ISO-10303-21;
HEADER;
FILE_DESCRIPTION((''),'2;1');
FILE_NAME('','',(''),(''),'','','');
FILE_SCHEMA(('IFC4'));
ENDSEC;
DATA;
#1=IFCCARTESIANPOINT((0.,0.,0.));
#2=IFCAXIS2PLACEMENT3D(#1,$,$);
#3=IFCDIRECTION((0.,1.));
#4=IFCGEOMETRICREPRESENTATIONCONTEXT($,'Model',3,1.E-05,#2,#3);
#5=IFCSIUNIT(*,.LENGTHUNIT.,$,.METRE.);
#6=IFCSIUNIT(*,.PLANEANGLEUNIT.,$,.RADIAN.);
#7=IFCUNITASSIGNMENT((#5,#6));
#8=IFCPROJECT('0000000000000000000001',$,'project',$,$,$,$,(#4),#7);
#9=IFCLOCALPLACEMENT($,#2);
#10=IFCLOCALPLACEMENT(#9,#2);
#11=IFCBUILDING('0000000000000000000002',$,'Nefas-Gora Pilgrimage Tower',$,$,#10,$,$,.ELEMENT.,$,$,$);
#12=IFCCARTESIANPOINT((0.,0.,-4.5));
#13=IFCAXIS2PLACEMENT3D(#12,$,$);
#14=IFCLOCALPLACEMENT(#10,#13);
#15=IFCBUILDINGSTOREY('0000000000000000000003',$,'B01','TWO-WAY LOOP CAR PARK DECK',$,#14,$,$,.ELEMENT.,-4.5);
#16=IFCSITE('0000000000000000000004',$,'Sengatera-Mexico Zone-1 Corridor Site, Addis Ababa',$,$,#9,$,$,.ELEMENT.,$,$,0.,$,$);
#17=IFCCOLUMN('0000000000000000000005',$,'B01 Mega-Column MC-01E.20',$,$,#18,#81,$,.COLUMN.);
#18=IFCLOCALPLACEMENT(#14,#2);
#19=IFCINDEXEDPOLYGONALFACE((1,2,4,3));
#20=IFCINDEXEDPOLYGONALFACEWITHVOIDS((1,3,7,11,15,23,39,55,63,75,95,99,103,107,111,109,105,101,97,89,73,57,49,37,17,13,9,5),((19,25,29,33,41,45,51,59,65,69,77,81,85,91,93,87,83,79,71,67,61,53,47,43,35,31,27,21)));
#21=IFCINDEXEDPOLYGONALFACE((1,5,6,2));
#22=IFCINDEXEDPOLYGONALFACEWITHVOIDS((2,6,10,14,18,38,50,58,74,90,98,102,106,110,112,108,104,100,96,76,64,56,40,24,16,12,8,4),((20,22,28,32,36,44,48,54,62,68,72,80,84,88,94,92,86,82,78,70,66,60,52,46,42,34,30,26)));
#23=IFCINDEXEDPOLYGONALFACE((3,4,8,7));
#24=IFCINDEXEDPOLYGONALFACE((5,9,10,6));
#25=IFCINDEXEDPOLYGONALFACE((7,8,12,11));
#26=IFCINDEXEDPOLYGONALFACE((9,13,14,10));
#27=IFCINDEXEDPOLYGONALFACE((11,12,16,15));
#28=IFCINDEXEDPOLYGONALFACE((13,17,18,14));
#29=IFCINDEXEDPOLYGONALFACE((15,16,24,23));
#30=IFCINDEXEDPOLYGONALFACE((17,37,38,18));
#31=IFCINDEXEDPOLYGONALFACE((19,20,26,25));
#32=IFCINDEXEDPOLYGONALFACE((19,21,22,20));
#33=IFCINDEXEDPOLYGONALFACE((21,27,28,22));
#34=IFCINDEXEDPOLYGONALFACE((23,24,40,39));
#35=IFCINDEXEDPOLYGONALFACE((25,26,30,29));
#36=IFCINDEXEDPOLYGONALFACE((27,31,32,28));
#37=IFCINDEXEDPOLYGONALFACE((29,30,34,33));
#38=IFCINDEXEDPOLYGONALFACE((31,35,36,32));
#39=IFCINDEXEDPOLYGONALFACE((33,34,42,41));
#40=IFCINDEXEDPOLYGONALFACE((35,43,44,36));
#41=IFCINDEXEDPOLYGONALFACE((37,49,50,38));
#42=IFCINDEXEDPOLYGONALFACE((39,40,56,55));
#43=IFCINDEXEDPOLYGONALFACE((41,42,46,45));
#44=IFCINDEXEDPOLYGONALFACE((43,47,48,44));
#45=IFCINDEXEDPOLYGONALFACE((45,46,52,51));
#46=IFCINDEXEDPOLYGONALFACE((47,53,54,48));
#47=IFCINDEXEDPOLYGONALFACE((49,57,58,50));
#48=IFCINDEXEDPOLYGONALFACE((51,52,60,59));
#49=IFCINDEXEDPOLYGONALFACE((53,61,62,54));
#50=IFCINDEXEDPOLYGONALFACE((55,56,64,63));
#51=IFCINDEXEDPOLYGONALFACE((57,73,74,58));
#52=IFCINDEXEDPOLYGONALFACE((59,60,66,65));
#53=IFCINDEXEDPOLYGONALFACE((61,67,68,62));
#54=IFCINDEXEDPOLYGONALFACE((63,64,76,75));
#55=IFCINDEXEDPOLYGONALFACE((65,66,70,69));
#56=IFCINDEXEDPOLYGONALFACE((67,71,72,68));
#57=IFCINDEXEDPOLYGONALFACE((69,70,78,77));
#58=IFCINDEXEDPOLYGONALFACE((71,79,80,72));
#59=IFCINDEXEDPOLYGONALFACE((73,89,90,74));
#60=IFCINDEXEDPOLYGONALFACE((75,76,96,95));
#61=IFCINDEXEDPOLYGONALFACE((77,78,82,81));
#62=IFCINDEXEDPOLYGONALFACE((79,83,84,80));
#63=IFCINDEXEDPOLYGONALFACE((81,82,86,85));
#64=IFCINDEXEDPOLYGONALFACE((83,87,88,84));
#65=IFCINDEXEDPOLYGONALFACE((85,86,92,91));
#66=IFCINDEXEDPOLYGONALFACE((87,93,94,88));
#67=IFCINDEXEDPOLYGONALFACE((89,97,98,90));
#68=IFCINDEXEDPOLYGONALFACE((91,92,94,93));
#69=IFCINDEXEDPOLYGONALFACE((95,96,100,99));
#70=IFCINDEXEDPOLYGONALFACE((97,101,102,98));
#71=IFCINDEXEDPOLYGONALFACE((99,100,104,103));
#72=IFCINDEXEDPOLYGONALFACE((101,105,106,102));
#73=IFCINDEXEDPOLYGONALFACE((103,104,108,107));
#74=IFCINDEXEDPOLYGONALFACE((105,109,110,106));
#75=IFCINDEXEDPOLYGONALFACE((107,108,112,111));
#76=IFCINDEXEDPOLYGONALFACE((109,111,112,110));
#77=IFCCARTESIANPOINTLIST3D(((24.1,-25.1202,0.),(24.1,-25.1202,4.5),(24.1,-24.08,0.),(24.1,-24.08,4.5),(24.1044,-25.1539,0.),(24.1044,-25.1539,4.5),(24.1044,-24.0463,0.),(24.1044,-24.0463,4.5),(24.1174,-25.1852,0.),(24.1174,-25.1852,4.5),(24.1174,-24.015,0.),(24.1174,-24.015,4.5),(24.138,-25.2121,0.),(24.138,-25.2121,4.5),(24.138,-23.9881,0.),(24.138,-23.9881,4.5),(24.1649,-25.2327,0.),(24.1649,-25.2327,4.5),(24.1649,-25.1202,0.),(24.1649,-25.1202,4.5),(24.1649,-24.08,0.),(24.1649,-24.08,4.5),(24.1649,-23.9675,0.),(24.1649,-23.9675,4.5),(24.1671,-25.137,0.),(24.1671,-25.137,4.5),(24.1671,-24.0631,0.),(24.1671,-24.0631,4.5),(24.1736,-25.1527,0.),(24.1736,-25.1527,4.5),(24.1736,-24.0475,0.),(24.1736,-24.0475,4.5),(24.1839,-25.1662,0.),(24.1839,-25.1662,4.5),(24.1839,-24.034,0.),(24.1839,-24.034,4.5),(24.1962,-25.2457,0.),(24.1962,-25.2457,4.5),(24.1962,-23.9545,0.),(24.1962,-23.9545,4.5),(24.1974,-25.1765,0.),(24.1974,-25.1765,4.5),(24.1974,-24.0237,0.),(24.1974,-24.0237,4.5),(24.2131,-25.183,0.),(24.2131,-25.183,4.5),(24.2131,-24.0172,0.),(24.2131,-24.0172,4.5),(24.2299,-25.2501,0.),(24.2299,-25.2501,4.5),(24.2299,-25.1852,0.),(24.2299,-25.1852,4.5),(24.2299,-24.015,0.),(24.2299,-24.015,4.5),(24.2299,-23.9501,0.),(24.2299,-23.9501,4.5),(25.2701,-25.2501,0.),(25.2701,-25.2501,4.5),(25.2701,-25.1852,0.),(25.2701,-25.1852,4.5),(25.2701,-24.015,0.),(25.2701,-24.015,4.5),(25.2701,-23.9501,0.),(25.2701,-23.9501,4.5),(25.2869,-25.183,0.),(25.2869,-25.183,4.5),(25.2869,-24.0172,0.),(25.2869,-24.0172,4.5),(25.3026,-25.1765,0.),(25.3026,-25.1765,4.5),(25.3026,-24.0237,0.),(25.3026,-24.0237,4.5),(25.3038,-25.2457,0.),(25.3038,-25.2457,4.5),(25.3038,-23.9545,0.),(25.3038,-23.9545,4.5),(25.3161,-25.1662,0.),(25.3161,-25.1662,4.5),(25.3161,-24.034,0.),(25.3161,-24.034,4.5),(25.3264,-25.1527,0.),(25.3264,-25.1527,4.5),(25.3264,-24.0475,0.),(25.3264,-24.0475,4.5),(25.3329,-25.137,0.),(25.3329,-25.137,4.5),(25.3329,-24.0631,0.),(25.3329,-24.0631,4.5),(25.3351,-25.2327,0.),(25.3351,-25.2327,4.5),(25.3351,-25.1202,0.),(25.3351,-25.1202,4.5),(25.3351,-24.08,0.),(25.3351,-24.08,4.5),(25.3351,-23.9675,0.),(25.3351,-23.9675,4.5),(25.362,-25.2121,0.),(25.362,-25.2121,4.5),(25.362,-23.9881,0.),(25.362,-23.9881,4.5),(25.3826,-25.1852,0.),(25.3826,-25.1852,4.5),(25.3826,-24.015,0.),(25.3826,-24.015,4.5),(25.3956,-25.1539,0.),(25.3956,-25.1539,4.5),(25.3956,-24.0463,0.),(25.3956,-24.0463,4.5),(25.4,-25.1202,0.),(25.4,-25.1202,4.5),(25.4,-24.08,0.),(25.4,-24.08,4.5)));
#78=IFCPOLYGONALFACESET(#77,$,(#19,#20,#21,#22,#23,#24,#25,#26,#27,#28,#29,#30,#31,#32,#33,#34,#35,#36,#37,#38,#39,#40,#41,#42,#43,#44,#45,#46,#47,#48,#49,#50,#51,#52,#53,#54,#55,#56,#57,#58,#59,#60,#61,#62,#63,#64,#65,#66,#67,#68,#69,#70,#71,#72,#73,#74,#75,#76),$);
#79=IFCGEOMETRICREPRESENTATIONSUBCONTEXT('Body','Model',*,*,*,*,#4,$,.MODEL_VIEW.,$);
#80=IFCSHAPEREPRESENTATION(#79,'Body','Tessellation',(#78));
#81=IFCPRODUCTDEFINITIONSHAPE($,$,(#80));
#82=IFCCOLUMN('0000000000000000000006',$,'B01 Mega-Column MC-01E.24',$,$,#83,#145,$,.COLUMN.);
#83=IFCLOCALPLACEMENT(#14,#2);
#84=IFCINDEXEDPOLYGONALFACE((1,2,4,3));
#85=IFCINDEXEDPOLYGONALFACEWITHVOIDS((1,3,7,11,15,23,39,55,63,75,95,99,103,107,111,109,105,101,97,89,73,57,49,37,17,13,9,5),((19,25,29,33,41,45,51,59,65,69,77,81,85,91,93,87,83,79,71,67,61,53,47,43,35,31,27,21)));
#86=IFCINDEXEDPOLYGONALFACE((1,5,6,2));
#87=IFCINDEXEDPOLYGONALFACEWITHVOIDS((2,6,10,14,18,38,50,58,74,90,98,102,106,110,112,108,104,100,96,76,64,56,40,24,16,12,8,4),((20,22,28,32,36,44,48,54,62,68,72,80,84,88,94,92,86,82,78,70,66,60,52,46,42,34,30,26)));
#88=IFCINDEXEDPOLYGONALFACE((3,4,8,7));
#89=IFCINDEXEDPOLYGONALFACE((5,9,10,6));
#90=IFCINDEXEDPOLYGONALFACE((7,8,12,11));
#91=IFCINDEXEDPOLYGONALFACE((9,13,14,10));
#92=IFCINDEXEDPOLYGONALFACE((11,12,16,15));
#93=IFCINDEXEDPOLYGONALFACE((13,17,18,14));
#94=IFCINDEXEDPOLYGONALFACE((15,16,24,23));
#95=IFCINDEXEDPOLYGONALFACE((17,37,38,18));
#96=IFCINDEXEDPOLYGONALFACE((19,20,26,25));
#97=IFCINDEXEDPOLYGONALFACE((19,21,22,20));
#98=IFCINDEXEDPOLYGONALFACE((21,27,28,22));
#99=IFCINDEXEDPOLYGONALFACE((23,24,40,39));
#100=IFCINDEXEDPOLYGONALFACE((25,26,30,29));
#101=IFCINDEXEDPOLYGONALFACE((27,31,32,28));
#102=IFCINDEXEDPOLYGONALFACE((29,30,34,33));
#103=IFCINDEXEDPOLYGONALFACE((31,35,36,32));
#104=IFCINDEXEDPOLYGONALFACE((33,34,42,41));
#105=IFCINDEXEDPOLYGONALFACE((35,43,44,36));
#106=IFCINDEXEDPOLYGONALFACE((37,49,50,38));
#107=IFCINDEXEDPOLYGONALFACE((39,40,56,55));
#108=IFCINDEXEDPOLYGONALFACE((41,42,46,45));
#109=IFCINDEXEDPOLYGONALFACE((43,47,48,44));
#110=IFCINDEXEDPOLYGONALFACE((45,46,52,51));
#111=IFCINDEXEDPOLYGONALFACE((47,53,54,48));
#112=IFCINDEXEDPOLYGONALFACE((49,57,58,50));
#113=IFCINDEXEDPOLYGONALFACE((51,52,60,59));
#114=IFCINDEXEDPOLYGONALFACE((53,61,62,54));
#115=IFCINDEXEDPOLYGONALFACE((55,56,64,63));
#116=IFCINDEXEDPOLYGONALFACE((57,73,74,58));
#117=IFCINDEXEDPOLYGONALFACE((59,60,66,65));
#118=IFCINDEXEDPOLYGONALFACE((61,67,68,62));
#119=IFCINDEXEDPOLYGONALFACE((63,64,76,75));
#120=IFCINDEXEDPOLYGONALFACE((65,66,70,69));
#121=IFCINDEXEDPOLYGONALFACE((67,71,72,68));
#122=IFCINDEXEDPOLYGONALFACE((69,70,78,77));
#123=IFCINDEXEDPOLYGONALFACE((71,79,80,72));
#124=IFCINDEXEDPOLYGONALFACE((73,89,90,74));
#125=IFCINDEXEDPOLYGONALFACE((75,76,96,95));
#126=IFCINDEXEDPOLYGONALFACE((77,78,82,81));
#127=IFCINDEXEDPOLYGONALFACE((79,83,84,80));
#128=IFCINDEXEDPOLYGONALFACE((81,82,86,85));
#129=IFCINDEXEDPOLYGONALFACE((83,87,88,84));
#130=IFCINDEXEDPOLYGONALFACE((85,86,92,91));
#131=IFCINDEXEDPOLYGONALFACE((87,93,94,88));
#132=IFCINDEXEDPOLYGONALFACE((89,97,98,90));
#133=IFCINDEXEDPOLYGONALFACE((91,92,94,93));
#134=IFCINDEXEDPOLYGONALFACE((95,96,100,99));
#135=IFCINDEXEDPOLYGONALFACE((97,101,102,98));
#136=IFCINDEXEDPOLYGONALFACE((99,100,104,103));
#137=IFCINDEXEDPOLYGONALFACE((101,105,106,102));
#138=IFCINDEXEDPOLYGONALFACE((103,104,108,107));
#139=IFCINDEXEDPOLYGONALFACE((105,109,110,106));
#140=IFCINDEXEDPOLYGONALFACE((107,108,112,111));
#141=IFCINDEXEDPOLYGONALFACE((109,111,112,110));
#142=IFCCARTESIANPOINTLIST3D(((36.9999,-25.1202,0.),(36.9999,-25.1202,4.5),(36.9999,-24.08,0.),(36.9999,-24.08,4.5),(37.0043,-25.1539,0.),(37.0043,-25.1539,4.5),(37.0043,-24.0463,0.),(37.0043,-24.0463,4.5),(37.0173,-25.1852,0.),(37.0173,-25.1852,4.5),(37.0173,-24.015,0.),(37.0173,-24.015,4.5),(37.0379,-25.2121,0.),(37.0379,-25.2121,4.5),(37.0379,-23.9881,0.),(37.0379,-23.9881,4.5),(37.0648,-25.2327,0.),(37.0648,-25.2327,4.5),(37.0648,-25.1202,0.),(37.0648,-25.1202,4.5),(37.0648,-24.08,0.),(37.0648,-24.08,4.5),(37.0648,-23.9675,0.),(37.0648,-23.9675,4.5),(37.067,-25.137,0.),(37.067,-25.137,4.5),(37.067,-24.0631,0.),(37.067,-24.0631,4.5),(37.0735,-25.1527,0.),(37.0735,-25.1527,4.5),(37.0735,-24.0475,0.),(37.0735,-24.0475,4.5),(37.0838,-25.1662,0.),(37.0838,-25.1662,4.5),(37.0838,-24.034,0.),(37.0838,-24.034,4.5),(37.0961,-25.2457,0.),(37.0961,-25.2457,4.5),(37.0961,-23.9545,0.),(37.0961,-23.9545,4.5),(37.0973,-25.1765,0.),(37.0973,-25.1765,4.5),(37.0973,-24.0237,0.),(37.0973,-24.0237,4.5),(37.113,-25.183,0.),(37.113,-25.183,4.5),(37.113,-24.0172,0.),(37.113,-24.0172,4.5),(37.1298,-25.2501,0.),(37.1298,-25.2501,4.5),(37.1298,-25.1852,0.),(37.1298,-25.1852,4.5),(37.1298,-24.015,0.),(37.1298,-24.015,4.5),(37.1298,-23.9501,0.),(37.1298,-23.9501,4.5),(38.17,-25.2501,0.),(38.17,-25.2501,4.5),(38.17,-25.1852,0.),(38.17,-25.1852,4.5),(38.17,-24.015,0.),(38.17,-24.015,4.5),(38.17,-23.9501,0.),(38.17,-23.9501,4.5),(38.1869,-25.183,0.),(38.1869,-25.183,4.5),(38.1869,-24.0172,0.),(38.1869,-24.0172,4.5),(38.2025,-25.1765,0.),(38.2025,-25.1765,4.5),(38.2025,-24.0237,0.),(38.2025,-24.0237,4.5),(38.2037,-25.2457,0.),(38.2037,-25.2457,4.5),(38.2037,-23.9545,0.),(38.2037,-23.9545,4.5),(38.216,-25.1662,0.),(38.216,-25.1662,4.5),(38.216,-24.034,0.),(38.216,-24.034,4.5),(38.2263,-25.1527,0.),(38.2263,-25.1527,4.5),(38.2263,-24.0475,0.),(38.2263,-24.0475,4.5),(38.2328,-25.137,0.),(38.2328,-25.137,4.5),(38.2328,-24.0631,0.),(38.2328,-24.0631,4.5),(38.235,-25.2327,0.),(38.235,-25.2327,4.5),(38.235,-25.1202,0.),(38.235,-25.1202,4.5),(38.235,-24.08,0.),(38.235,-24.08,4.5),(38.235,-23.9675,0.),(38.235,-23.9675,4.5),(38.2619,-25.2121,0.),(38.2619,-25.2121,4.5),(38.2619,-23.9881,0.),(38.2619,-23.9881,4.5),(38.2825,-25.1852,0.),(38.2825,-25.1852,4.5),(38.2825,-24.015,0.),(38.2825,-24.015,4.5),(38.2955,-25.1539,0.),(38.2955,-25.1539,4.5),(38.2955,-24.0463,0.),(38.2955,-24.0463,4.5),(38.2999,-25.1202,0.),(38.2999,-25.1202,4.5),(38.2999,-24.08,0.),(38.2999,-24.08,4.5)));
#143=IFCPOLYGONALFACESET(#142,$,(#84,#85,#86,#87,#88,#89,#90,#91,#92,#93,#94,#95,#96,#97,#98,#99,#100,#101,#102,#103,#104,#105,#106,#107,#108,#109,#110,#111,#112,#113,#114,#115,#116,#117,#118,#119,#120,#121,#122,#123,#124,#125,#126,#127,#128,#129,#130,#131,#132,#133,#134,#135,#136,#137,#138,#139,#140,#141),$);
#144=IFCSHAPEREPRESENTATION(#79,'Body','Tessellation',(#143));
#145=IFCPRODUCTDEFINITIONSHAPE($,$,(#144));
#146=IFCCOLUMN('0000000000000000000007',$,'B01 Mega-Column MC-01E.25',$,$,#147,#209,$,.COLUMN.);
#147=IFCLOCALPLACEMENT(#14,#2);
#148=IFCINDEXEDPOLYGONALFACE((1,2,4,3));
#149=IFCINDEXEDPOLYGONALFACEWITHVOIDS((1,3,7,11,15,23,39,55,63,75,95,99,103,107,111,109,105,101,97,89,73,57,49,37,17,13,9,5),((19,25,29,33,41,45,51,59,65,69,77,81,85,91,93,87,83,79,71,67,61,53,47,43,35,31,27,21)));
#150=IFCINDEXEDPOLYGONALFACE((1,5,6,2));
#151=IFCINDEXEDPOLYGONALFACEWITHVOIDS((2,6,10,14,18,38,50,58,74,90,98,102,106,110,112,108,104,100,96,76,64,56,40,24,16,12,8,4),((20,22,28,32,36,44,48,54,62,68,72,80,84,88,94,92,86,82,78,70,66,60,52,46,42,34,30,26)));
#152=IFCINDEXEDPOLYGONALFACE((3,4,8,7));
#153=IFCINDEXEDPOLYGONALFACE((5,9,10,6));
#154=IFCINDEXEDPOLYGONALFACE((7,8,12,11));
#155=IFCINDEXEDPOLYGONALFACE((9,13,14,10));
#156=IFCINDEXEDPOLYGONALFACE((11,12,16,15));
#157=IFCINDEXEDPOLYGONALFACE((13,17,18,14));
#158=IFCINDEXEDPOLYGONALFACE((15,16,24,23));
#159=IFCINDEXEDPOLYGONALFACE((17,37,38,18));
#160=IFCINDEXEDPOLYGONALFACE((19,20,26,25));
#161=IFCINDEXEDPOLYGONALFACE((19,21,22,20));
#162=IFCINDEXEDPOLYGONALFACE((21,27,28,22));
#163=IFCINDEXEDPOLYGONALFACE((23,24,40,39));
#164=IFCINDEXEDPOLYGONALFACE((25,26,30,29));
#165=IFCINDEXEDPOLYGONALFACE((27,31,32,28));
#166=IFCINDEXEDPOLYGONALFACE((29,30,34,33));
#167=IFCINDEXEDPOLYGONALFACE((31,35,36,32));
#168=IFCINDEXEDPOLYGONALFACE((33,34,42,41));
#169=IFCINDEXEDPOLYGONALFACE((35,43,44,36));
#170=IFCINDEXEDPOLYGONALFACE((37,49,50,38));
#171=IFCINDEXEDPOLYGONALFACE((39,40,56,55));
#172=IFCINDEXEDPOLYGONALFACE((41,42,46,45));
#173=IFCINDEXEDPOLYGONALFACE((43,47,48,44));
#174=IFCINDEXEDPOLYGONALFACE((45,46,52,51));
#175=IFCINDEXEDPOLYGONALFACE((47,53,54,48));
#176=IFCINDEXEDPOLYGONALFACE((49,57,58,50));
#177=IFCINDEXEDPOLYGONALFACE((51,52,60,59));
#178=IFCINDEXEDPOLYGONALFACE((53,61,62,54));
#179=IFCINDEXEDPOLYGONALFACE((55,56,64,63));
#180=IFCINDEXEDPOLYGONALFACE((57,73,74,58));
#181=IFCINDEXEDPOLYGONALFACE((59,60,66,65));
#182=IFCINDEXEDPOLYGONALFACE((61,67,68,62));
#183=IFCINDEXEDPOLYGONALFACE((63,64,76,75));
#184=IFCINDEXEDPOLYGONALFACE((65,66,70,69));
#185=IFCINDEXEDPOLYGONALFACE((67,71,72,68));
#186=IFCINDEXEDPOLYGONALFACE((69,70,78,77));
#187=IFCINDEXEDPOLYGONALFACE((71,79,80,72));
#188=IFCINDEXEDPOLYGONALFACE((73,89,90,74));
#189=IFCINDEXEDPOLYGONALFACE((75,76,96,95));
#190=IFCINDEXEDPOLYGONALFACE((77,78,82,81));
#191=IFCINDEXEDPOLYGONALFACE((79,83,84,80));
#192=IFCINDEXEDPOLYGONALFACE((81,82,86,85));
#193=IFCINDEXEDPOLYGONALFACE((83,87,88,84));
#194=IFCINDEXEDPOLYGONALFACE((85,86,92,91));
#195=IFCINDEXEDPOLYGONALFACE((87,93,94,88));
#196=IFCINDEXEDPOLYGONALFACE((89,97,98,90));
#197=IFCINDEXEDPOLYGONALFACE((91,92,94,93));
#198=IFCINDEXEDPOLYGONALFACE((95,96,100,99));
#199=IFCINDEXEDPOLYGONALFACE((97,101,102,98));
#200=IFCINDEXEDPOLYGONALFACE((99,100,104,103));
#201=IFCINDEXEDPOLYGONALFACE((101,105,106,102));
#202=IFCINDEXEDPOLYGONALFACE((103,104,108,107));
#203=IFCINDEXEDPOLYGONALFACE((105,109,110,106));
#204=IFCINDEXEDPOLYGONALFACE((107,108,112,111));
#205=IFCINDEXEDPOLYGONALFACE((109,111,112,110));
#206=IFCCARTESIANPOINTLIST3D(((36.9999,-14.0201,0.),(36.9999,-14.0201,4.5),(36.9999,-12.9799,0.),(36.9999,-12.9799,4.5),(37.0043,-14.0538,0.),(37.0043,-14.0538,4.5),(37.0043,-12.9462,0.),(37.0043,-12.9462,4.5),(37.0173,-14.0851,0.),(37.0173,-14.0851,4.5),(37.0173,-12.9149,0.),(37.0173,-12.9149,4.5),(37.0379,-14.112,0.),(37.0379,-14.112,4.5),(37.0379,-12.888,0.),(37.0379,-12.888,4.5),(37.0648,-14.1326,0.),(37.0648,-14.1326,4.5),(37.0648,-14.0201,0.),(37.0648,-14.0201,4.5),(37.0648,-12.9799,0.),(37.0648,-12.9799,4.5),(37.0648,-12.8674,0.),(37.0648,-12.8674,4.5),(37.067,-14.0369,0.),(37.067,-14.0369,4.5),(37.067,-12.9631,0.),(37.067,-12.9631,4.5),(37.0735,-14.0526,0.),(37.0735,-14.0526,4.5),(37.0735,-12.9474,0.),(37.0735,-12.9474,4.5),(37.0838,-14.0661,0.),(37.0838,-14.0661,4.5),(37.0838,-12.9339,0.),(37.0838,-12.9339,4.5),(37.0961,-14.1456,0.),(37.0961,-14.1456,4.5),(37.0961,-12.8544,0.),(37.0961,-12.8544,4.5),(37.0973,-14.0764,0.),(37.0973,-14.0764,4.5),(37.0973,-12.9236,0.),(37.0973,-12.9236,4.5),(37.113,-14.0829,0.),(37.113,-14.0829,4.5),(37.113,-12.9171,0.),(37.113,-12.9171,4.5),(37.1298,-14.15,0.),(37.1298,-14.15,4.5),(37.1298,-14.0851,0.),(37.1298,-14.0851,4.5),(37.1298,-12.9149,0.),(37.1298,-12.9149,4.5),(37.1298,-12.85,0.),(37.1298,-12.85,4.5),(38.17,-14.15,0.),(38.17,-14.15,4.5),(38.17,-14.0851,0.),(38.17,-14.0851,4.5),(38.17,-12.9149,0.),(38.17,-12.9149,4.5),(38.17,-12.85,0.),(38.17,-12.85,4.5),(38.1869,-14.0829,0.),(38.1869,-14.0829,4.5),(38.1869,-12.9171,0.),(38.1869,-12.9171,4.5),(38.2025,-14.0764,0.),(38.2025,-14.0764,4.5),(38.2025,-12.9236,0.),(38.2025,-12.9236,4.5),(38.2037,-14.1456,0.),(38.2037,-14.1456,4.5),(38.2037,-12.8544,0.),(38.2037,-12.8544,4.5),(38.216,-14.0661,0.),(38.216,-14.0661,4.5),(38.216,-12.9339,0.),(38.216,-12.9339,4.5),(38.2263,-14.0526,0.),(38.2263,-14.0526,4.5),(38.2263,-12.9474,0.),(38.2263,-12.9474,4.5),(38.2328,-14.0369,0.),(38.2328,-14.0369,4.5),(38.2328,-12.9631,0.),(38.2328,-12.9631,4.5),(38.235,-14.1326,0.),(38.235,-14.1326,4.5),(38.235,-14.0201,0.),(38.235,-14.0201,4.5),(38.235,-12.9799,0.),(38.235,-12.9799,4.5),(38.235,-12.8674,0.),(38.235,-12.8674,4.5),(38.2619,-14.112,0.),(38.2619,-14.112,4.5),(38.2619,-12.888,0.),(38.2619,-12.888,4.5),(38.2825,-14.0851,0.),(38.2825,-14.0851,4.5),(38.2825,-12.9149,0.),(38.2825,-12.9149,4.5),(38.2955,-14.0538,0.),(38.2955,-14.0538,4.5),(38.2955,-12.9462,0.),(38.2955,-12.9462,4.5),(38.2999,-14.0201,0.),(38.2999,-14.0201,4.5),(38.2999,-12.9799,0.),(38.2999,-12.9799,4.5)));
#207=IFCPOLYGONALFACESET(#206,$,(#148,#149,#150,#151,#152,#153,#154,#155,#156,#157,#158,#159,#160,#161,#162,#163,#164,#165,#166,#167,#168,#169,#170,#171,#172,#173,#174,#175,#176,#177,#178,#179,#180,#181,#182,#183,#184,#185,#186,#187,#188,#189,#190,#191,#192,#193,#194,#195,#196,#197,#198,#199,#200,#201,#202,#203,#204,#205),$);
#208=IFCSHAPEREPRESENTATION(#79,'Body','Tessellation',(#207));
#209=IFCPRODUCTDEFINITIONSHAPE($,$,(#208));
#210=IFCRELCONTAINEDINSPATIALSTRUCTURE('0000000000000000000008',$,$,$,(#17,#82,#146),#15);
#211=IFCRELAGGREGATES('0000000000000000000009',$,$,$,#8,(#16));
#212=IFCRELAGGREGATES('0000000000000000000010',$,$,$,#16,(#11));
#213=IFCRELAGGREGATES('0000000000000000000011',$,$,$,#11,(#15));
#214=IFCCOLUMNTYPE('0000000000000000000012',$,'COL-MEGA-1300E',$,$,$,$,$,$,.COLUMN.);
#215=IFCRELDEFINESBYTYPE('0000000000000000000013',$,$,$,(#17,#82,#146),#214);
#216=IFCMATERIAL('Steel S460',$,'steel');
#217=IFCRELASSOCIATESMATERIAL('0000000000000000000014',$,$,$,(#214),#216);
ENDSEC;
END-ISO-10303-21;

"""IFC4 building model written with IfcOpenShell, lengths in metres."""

from ifc_helpers import new_model, si_unit, direction, frame, origin, origin_2d, place, context, subcontext, project, spatial, hollow_rectangle, extrude, source, transform, mapped, material, material_profile, profile_set, type_object, element, save


model = new_model("IFC4")

# Units and contexts
model_context = context("Model", 3, precision=1e-05, world=origin(), true_north=direction((0.0, 1.0)))
body_context = subcontext(model_context, "Body", "Model", "MODEL_VIEW")
ifc_project = project(units=[si_unit("LENGTHUNIT", "METRE"), si_unit("PLANEANGLEUNIT", "RADIAN")], contexts=[model_context])

# Site, building, storey
site_placement = place(None, origin())
site = spatial("IfcSite", under=ifc_project, at=site_placement, Name="Sengatera-Mexico Zone-1 Corridor Site, Addis Ababa", CompositionType="ELEMENT", RefElevation=0.0)
building_placement = place(site_placement, origin())
building = spatial("IfcBuilding", under=site, at=building_placement, Name="Nefas-Gora Pilgrimage Tower", CompositionType="ELEMENT")
storey_placement = place(building_placement, frame((0.0, 0.0, -4.5)))
storey = spatial("IfcBuildingStorey", under=building, at=storey_placement, Name="B01", Description="TWO-WAY LOOP CAR PARK DECK", CompositionType="ELEMENT", Elevation=-4.5)

# Columns
ifc_material_1 = material(Name="Steel S460", Category="steel")
ifc_material_profile_1 = material_profile(ifc_material_1, hollow_rectangle(XDim=1.3, YDim=1.3, WallThickness=0.0649, InnerFilletRadius=0.0649, OuterFilletRadius=0.1299, at=origin_2d()), Name="BOX 1300x1300x65")
ifc_profile_set_1 = profile_set([ifc_material_profile_1], Name="Steel S460")
column_type_1 = type_object("IfcColumnType", Name="COL-MEGA-1300E", PredefinedType="COLUMN", material=ifc_profile_set_1)
shared_shape_1 = source(origin(), body_context, "Body", "SweptSolid", [
    extrude(hollow_rectangle(XDim=1.3, YDim=1.3, WallThickness=0.0649, InnerFilletRadius=0.0649, OuterFilletRadius=0.1299, at=origin_2d()), origin(), (0.0, 0.0, 1.0), 4.5),
])
for number, where, z_axis, x_axis, name in (
    (1, (24.75, -24.6001, 0.0), (0.0, 0.0, 1.0), (1.0, 0.0, 0.0), "B01 Mega-Column MC-01E.20"),
    (2, (37.6499, -24.6001, 0.0), (0.0, 0.0, 1.0), (1.0, 0.0, 0.0), "B01 Mega-Column MC-01E.24"),
    (3, (37.6499, -13.5, 0.0), (0.0, 0.0, 1.0), (1.0, 0.0, 0.0), "B01 Mega-Column MC-01E.25"),
):
    element("IfcColumn", number, at=place(storey_placement, frame(where, z_axis=z_axis, x_axis=x_axis)), inside=storey, type_object=column_type_1, Name=name, PredefinedType="COLUMN", context=body_context, shape_type="MappedRepresentation", body=[
        mapped(shared_shape_1, transform((0.0, 0.0, 0.0), x_axis=(1.0, 0.0, 0.0), y_axis=(0.0, 1.0, 0.0), z_axis=(0.0, 0.0, 1.0), scale=1.0)),
    ])

save(model, "model.ifc")
